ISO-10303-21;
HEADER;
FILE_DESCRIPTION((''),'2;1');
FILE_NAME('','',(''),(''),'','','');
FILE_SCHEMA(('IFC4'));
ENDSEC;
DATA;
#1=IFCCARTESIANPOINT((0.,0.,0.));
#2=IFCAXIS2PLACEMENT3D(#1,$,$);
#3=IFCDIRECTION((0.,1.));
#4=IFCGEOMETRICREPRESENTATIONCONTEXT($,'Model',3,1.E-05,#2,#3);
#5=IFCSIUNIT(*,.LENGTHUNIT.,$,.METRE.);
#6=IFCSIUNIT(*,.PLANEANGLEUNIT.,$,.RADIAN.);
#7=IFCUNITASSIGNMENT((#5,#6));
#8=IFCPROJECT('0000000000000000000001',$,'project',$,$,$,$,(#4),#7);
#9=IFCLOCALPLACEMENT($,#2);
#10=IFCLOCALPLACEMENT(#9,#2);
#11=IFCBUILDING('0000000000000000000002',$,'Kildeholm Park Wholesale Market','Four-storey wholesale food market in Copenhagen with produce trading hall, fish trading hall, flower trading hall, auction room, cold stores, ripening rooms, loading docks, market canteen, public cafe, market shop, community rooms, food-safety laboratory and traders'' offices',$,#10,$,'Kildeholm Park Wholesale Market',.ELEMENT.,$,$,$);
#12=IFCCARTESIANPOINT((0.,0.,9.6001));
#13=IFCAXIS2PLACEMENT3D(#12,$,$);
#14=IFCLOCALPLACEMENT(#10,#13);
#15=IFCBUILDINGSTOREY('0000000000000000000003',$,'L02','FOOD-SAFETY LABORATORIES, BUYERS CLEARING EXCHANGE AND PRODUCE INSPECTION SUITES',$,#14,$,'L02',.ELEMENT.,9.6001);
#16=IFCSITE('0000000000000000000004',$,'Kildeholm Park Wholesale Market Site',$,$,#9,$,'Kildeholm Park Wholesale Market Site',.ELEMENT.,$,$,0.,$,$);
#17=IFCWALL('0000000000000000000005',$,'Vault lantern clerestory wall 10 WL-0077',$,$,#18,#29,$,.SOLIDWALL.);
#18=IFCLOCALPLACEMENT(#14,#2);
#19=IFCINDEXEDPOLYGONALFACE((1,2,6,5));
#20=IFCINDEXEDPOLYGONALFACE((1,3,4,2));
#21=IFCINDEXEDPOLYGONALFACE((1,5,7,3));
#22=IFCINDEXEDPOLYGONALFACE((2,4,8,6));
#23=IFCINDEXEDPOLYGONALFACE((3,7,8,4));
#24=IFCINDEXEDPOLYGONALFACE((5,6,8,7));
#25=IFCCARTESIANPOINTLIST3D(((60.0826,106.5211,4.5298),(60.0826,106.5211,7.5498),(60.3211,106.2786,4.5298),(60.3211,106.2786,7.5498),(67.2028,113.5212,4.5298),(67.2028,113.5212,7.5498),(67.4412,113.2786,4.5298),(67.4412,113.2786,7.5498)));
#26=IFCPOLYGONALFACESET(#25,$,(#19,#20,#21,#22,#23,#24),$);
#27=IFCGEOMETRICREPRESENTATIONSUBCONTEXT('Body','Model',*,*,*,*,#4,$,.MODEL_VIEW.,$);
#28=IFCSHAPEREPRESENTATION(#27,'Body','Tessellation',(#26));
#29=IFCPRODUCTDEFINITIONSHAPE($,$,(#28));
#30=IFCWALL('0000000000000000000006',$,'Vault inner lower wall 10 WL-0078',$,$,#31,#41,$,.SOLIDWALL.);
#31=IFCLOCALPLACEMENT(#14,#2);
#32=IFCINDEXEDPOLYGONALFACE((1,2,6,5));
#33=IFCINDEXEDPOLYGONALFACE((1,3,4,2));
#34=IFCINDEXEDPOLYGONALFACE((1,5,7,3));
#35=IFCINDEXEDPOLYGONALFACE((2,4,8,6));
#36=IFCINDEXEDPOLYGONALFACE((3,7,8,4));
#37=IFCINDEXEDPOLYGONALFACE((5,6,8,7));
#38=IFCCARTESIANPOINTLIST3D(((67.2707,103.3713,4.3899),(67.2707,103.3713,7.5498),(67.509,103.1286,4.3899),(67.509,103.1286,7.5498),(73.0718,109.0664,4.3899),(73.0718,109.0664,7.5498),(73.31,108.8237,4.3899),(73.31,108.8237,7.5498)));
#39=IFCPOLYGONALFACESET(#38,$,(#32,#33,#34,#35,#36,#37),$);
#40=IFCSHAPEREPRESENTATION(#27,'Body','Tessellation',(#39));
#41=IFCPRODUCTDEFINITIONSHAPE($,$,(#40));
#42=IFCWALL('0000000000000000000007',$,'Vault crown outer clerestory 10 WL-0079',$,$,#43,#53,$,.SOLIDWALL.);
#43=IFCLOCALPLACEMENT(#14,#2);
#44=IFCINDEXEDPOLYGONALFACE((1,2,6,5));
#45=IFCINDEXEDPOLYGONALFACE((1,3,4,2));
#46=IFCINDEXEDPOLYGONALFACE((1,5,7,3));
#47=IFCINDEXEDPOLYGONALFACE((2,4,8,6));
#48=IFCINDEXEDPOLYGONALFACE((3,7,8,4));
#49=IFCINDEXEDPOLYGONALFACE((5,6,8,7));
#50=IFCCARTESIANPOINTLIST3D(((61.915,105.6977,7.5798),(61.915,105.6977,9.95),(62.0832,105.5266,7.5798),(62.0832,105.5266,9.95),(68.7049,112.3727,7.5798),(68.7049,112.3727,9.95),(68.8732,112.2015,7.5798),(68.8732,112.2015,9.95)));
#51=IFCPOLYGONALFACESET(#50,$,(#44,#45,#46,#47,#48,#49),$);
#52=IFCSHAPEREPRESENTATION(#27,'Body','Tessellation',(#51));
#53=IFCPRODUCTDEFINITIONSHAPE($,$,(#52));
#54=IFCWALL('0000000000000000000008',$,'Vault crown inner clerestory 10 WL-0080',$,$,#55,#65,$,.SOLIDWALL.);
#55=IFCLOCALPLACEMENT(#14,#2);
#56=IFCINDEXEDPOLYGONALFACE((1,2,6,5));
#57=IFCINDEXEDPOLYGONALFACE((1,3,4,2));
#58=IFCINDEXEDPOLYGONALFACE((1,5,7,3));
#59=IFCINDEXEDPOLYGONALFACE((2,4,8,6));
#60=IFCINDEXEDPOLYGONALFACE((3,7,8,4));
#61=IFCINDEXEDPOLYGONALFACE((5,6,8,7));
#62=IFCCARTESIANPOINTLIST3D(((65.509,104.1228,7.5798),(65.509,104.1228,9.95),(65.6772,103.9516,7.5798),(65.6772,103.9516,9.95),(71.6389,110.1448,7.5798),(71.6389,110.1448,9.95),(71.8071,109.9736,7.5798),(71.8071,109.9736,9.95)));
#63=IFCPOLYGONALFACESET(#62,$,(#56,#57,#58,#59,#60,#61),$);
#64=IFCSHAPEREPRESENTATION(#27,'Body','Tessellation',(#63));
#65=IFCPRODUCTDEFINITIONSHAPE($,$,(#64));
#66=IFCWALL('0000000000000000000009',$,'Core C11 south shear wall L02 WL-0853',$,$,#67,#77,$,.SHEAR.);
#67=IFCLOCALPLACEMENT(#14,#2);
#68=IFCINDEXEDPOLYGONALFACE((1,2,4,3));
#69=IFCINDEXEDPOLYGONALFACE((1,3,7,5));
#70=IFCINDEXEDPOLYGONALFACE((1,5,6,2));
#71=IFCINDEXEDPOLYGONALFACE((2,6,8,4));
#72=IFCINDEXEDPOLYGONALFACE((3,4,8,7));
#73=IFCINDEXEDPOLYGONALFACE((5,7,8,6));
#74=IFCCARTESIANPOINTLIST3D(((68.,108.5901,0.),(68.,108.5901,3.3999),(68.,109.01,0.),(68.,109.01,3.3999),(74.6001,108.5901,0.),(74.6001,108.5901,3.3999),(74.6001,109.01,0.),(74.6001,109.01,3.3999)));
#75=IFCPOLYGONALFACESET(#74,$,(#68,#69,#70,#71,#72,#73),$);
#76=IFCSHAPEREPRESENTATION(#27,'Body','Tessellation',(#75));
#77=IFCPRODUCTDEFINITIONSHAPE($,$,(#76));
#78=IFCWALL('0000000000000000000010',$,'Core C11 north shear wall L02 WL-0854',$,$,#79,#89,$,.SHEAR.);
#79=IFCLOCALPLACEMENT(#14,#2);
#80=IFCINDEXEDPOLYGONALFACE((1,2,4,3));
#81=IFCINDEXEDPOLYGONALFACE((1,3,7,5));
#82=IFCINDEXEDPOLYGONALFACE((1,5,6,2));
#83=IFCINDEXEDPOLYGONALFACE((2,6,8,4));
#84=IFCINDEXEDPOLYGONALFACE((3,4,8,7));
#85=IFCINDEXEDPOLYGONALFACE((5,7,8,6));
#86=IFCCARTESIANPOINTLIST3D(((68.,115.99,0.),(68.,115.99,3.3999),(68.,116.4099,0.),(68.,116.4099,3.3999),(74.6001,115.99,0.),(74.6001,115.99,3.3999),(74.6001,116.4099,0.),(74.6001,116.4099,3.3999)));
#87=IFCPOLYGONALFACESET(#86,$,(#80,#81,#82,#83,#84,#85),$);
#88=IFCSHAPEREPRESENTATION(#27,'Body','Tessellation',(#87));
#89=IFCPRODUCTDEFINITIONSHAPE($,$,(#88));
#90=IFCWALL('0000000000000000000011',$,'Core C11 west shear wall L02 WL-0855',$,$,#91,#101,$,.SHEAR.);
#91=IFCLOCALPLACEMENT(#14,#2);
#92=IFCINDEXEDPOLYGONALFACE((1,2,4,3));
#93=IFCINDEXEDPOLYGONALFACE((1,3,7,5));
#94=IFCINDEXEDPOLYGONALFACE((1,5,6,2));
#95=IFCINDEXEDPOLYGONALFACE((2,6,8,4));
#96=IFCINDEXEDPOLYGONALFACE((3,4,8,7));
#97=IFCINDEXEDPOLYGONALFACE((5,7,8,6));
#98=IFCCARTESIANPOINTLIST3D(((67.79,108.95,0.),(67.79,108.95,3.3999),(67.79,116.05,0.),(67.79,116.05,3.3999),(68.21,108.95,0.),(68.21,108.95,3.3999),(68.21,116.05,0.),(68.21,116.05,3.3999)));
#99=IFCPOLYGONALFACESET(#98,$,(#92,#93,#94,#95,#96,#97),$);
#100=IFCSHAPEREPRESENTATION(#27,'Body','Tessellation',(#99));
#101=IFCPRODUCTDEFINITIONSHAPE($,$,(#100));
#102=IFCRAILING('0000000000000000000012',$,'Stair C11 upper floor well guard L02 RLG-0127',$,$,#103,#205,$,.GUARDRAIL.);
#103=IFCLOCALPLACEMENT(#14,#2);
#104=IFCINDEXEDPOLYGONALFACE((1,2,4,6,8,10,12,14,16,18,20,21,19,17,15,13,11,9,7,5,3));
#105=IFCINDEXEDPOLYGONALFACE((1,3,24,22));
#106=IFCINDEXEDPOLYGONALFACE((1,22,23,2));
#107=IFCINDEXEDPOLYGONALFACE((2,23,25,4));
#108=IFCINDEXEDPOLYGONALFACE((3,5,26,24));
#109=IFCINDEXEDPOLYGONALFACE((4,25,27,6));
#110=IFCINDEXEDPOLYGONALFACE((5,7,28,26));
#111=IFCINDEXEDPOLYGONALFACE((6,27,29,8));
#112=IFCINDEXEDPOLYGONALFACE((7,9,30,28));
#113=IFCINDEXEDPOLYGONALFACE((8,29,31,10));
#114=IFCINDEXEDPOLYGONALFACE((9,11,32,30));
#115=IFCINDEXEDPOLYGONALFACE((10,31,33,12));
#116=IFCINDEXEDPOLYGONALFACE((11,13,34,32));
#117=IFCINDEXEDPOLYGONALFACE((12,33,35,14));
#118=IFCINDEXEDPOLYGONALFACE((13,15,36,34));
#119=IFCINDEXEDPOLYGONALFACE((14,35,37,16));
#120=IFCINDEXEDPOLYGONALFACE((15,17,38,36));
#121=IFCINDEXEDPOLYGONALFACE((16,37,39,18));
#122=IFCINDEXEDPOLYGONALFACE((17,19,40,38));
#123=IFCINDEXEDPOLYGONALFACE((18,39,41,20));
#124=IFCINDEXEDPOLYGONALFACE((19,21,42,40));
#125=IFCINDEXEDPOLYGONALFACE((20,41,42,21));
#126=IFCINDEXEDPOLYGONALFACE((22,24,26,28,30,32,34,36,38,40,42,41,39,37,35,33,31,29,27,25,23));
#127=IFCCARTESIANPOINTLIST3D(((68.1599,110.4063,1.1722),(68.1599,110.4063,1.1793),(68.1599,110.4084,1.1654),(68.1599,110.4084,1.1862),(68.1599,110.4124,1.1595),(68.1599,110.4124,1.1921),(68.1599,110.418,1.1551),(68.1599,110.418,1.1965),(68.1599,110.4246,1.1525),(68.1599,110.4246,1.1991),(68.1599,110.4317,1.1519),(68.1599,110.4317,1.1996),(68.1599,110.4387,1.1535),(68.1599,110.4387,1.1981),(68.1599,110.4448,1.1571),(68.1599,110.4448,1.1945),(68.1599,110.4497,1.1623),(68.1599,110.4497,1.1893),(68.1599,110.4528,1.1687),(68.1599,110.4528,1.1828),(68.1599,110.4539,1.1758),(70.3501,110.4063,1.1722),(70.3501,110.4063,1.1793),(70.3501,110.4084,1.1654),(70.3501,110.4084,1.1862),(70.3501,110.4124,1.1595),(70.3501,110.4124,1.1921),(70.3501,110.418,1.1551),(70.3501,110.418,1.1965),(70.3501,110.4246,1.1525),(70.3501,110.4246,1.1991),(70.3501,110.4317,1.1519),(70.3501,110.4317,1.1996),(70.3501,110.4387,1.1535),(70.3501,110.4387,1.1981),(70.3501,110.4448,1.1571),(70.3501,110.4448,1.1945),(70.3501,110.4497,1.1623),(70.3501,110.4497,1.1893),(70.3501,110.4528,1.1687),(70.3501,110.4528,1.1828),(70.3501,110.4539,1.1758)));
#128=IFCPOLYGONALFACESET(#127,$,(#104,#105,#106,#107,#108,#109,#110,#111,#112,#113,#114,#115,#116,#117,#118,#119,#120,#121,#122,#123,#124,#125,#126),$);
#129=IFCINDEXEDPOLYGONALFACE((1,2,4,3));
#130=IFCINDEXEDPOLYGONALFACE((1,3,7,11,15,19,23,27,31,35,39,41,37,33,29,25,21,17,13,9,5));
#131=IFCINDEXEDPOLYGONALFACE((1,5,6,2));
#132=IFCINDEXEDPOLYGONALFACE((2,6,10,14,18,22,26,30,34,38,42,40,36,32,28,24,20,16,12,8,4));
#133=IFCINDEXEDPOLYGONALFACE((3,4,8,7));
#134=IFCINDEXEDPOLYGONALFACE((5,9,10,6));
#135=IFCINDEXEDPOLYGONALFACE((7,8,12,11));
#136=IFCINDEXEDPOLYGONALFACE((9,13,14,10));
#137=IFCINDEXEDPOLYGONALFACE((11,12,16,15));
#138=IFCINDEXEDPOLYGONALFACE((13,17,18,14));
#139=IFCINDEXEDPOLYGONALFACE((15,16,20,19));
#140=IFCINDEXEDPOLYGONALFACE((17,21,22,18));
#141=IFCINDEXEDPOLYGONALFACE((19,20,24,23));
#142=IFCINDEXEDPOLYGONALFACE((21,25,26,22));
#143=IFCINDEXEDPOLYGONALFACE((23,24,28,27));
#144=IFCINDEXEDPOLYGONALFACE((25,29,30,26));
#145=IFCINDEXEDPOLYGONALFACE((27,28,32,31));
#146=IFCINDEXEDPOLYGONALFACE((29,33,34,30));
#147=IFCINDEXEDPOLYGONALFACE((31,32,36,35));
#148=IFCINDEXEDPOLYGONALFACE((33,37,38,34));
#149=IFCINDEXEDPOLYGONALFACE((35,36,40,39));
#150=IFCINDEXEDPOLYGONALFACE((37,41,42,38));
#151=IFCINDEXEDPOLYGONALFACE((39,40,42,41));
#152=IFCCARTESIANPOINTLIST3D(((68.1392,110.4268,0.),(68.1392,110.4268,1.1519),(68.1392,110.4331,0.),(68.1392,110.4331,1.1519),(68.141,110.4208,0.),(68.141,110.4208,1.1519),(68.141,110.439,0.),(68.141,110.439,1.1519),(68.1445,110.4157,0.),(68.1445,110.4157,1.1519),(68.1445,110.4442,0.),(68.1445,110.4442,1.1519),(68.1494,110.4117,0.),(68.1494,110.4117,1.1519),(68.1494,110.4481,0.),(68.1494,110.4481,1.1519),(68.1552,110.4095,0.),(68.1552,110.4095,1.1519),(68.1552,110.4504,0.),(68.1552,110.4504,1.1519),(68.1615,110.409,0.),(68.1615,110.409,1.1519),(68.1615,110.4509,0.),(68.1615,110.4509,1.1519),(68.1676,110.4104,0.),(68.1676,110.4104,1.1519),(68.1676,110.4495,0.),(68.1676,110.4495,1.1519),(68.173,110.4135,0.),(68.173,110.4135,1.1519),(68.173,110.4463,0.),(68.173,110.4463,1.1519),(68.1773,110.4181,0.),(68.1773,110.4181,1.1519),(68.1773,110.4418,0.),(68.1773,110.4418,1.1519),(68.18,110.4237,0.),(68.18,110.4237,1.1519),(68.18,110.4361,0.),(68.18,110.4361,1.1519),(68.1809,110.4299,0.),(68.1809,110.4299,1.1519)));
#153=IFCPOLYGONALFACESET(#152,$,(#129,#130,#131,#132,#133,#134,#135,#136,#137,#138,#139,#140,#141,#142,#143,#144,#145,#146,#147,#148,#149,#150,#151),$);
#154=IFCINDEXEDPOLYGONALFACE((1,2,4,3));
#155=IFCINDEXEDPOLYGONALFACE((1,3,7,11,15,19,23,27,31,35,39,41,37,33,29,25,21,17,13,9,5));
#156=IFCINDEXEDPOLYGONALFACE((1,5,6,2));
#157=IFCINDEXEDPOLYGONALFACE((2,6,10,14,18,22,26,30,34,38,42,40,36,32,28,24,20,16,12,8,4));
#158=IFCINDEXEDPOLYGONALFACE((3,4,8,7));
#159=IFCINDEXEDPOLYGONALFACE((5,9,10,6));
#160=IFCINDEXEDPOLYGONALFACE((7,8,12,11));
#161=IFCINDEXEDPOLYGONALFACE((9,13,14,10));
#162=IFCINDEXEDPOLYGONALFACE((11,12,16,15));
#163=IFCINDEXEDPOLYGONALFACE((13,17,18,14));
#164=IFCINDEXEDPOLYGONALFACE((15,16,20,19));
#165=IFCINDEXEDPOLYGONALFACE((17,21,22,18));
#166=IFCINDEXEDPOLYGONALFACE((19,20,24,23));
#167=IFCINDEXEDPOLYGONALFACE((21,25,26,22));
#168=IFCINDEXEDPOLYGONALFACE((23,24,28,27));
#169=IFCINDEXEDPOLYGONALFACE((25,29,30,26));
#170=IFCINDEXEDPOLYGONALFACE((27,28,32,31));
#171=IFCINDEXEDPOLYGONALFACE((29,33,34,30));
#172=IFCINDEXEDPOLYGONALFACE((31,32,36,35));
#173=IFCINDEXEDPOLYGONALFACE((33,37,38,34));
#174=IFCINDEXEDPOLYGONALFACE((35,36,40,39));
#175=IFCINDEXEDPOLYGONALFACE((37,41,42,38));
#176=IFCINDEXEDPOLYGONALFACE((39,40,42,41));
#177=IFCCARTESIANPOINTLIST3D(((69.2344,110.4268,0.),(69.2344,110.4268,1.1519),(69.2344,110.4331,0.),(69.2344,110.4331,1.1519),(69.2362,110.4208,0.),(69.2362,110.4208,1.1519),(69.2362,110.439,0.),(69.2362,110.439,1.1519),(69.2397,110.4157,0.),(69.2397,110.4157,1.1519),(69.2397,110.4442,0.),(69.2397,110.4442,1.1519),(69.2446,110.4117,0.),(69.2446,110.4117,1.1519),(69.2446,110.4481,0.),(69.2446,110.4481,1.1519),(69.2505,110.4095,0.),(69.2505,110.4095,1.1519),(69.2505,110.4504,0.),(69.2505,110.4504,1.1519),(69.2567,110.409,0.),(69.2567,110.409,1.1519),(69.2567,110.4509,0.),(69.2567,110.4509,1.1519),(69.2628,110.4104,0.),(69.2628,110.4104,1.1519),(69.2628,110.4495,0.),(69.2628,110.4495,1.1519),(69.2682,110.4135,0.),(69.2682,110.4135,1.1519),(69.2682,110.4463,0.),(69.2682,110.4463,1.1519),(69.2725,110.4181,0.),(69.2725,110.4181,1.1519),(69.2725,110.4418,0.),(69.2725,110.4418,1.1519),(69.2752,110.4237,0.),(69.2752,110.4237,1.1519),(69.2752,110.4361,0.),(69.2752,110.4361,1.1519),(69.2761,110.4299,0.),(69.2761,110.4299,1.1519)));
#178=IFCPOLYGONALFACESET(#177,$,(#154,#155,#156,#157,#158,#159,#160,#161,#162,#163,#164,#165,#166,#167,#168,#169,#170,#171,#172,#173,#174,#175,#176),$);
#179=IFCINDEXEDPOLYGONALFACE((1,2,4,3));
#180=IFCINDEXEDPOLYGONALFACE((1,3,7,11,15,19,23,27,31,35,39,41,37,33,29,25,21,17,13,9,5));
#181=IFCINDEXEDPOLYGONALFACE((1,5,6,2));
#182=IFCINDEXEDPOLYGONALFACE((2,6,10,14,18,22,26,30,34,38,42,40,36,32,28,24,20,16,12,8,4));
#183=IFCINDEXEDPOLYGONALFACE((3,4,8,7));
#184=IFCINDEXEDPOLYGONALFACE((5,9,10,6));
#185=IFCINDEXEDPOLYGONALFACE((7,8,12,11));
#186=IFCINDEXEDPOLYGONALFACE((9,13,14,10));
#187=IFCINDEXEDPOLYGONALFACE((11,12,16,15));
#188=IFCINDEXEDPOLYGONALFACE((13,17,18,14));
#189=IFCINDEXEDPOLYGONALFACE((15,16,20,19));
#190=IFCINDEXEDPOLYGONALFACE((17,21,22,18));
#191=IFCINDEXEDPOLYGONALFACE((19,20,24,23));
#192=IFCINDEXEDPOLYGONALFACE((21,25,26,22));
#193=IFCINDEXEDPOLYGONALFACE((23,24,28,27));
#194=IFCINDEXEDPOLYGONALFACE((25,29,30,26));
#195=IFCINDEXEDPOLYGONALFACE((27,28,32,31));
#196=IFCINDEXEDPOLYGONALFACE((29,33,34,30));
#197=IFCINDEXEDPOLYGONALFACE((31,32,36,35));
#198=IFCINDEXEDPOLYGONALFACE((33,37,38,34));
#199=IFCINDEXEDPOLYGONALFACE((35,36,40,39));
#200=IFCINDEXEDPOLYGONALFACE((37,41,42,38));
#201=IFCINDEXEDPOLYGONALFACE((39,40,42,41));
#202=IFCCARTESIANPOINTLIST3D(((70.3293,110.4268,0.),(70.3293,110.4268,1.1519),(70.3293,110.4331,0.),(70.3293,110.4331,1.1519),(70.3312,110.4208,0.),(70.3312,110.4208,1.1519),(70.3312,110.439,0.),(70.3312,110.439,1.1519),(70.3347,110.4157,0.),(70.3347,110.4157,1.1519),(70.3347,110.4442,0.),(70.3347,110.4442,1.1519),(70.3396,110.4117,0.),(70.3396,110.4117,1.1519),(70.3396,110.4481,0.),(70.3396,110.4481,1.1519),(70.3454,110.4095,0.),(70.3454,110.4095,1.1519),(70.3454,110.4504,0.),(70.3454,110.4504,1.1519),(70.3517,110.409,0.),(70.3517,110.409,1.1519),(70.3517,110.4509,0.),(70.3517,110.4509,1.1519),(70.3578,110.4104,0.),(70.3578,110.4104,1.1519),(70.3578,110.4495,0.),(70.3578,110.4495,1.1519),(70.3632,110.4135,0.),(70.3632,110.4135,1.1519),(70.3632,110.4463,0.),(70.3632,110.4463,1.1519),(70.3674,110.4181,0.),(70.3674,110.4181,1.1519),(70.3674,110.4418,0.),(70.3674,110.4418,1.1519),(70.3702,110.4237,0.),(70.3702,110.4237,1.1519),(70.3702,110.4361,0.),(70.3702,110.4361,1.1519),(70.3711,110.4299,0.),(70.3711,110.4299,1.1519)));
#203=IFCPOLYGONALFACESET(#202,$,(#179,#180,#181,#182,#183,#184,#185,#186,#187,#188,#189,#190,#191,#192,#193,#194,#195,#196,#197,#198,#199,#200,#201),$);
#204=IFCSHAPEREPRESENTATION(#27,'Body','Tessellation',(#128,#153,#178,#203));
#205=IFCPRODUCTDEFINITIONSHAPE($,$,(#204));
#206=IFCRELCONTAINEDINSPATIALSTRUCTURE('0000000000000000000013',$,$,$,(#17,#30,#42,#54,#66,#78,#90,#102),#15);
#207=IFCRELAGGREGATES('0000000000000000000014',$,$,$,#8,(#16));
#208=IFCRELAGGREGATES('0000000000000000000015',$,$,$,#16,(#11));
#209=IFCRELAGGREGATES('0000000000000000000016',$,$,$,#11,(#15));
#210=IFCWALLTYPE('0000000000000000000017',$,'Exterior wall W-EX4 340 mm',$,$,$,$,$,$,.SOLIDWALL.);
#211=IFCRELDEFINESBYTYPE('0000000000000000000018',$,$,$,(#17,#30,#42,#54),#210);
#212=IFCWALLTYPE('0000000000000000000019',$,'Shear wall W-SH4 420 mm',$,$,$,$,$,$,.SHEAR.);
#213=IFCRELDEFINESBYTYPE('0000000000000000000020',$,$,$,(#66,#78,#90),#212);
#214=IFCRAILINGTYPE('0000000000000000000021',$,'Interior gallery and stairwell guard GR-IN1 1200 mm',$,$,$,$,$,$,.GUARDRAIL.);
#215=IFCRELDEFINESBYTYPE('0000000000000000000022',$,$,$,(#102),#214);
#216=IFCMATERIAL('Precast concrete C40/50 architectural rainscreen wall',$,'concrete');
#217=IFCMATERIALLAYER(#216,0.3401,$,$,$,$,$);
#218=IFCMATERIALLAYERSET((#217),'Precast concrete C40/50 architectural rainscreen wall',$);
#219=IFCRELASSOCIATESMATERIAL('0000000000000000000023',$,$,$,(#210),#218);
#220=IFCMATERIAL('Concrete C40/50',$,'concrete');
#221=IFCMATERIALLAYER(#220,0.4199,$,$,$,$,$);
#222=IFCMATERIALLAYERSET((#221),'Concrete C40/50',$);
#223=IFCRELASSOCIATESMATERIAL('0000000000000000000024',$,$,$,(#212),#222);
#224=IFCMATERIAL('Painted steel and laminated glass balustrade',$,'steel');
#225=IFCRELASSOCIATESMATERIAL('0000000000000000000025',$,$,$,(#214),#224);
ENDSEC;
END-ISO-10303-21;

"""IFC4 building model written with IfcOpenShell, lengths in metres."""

from ifc_helpers import new_model, si_unit, direction, frame, frame_2d, origin, origin_2d, place, context, subcontext, project, spatial, rectangle, circle, extrude, material, layer, layer_set, type_object, element, save


model = new_model("IFC4")

# Units and contexts
model_context = context("Model", 3, precision=1e-05, world=origin(), true_north=direction((0.0, 1.0)))
body_context = subcontext(model_context, "Body", "Model", "MODEL_VIEW")
ifc_project = project(units=[si_unit("LENGTHUNIT", "METRE"), si_unit("PLANEANGLEUNIT", "RADIAN")], contexts=[model_context])

# Site, building, storey
site_placement = place(None, origin())
site = spatial("IfcSite", under=ifc_project, at=site_placement, Name="Kildeholm Park Wholesale Market Site", LongName="Kildeholm Park Wholesale Market Site", CompositionType="ELEMENT", RefElevation=0.0)
building_placement = place(site_placement, origin())
building = spatial("IfcBuilding", under=site, at=building_placement, Name="Kildeholm Park Wholesale Market", Description="Four-storey wholesale food market in Copenhagen with produce trading hall, fish trading hall, flower trading hall, auction room, cold stores, ripening rooms, loading docks, market canteen, public cafe, market shop, community rooms, food-safety laboratory and traders' offices", LongName="Kildeholm Park Wholesale Market", CompositionType="ELEMENT")
storey_placement = place(building_placement, frame((0.0, 0.0, 9.6001)))
storey = spatial("IfcBuildingStorey", under=building, at=storey_placement, Name="L02", Description="FOOD-SAFETY LABORATORIES, BUYERS CLEARING EXCHANGE AND PRODUCE INSPECTION SUITES", LongName="L02", CompositionType="ELEMENT", Elevation=9.6001)

# Walls
ifc_material_1 = material(Name="Precast concrete C40/50 architectural rainscreen wall", Category="concrete")
ifc_layer_1 = layer(ifc_material_1, 0.3401)
ifc_layer_set_1 = layer_set([ifc_layer_1], Name="Precast concrete C40/50 architectural rainscreen wall")
wall_type_1 = type_object("IfcWallType", Name="Exterior wall W-EX4 340 mm", PredefinedType="SOLIDWALL", material=ifc_layer_set_1)
wall_1_placement = place(storey_placement, frame((67.322, 113.3999, 4.5298), z_axis=(0.0, 0.0, 1.0), x_axis=(-0.713096, -0.701066, 0.0)))
element("IfcWall", 1, at=wall_1_placement, inside=storey, type_object=wall_type_1, Name="Vault lantern clerestory wall 10 WL-0077", PredefinedType="SOLIDWALL", context=body_context, shape_type="SweptSolid", body=[
    extrude(rectangle(XDim=9.9849, YDim=0.3401, at=frame_2d((4.9924, 0.0))), origin(), (0.0, 0.0, 1.0), 3.02),
])
wall_2_placement = place(storey_placement, frame((73.1909, 108.9451, 4.3899), z_axis=(0.0, 0.0, 1.0), x_axis=(-0.713594, -0.70056, 0.0)))
element("IfcWall", 2, at=wall_2_placement, inside=storey, type_object=wall_type_1, Name="Vault inner lower wall 10 WL-0078", PredefinedType="SOLIDWALL", context=body_context, shape_type="SweptSolid", body=[
    extrude(rectangle(XDim=8.1294, YDim=0.3401, at=frame_2d((4.0647, 0.0))), origin(), (0.0, 0.0, 1.0), 3.1599),
])
wall_3_placement = place(storey_placement, frame((68.7891, 112.2871, 7.5798), z_axis=(0.0, 0.0, 1.0), x_axis=(-0.713119, -0.701043, 0.0)))
element("IfcWall", 3, at=wall_3_placement, inside=storey, type_object=wall_type_1, Name="Vault crown outer clerestory 10 WL-0079", PredefinedType="SOLIDWALL", context=body_context, shape_type="SweptSolid", body=[
    extrude(rectangle(XDim=9.5215, YDim=0.24, at=frame_2d((4.7607, 0.0))), origin(), (0.0, 0.0, 1.0), 2.3701),
])
wall_4_placement = place(storey_placement, frame((71.7229, 110.0591, 7.5798), z_axis=(0.0, 0.0, 1.0), x_axis=(-0.713358, -0.7008, 0.0)))
element("IfcWall", 4, at=wall_4_placement, inside=storey, type_object=wall_type_1, Name="Vault crown inner clerestory 10 WL-0080", PredefinedType="SOLIDWALL", context=body_context, shape_type="SweptSolid", body=[
    extrude(rectangle(XDim=8.593, YDim=0.24, at=frame_2d((4.2964, 0.0))), origin(), (0.0, 0.0, 1.0), 2.3701),
])

# Shared definitions
ifc_material_2 = material(Name="Concrete C40/50", Category="concrete")

# Walls
ifc_layer_2 = layer(ifc_material_2, 0.4199)
ifc_layer_set_2 = layer_set([ifc_layer_2], Name="Concrete C40/50")
wall_type_2 = type_object("IfcWallType", Name="Shear wall W-SH4 420 mm", PredefinedType="SHEAR", material=ifc_layer_set_2)
for number, where, z_axis, x_axis, name in (
    (5, (68.0, 108.8, 0.0), (0.0, 0.0, 1.0), (1.0, 0.0, 0.0), "Core C11 south shear wall L02 WL-0853"),
    (6, (68.0, 116.2, 0.0), (0.0, 0.0, 1.0), (1.0, 0.0, 0.0), "Core C11 north shear wall L02 WL-0854"),
):
    element("IfcWall", number, at=place(storey_placement, frame(where, z_axis=z_axis, x_axis=x_axis)), inside=storey, type_object=wall_type_2, Name=name, PredefinedType="SHEAR", context=body_context, shape_type="SweptSolid", body=[
        extrude(rectangle(XDim=6.6001, YDim=0.4199, at=frame_2d((3.3, 0.0))), origin(), (0.0, 0.0, 1.0), 3.3999),
    ])
wall_5_placement = place(storey_placement, frame((68.0, 108.95, 0.0), z_axis=(0.0, 0.0, 1.0), x_axis=(0.0, 1.0, 0.0)))
element("IfcWall", 7, at=wall_5_placement, inside=storey, type_object=wall_type_2, Name="Core C11 west shear wall L02 WL-0855", PredefinedType="SHEAR", context=body_context, shape_type="SweptSolid", body=[
    extrude(rectangle(XDim=7.1001, YDim=0.4199, at=frame_2d((3.55, 0.0))), origin(), (0.0, 0.0, 1.0), 3.3999),
])

# Railing
ifc_material_3 = material(Name="Painted steel and laminated glass balustrade", Category="steel")
railing_type = type_object("IfcRailingType", Name="Interior gallery and stairwell guard GR-IN1 1200 mm", PredefinedType="GUARDRAIL", material=ifc_material_3)
railing_placement = place(storey_placement, frame((68.1599, 110.4299, 0.0)))
element("IfcRailing", 8, at=railing_placement, inside=storey, type_object=railing_type, Name="Stair C11 upper floor well guard L02 RLG-0127", PredefinedType="GUARDRAIL", context=body_context, shape_type="SweptSolid", body=[
    extrude(circle(Radius=0.0239, at=origin_2d()), frame((0.0, 0.0, 1.1758), z_axis=(1.0, 0.0, 0.0), x_axis=(0.0, 1.0, 0.0)), (0.0, 0.0, 1.0), 2.1902),
    extrude(circle(Radius=0.021, at=origin_2d()), origin(), (0.0, 0.0, 1.0), 1.1519),
    extrude(circle(Radius=0.021, at=origin_2d()), frame((1.0952, 0.0, 0.0)), (0.0, 0.0, 1.0), 1.1519),
    extrude(circle(Radius=0.021, at=origin_2d()), frame((2.1902, 0.0, 0.0)), (0.0, 0.0, 1.0), 1.1519),
])

save(model, "model.ifc")
